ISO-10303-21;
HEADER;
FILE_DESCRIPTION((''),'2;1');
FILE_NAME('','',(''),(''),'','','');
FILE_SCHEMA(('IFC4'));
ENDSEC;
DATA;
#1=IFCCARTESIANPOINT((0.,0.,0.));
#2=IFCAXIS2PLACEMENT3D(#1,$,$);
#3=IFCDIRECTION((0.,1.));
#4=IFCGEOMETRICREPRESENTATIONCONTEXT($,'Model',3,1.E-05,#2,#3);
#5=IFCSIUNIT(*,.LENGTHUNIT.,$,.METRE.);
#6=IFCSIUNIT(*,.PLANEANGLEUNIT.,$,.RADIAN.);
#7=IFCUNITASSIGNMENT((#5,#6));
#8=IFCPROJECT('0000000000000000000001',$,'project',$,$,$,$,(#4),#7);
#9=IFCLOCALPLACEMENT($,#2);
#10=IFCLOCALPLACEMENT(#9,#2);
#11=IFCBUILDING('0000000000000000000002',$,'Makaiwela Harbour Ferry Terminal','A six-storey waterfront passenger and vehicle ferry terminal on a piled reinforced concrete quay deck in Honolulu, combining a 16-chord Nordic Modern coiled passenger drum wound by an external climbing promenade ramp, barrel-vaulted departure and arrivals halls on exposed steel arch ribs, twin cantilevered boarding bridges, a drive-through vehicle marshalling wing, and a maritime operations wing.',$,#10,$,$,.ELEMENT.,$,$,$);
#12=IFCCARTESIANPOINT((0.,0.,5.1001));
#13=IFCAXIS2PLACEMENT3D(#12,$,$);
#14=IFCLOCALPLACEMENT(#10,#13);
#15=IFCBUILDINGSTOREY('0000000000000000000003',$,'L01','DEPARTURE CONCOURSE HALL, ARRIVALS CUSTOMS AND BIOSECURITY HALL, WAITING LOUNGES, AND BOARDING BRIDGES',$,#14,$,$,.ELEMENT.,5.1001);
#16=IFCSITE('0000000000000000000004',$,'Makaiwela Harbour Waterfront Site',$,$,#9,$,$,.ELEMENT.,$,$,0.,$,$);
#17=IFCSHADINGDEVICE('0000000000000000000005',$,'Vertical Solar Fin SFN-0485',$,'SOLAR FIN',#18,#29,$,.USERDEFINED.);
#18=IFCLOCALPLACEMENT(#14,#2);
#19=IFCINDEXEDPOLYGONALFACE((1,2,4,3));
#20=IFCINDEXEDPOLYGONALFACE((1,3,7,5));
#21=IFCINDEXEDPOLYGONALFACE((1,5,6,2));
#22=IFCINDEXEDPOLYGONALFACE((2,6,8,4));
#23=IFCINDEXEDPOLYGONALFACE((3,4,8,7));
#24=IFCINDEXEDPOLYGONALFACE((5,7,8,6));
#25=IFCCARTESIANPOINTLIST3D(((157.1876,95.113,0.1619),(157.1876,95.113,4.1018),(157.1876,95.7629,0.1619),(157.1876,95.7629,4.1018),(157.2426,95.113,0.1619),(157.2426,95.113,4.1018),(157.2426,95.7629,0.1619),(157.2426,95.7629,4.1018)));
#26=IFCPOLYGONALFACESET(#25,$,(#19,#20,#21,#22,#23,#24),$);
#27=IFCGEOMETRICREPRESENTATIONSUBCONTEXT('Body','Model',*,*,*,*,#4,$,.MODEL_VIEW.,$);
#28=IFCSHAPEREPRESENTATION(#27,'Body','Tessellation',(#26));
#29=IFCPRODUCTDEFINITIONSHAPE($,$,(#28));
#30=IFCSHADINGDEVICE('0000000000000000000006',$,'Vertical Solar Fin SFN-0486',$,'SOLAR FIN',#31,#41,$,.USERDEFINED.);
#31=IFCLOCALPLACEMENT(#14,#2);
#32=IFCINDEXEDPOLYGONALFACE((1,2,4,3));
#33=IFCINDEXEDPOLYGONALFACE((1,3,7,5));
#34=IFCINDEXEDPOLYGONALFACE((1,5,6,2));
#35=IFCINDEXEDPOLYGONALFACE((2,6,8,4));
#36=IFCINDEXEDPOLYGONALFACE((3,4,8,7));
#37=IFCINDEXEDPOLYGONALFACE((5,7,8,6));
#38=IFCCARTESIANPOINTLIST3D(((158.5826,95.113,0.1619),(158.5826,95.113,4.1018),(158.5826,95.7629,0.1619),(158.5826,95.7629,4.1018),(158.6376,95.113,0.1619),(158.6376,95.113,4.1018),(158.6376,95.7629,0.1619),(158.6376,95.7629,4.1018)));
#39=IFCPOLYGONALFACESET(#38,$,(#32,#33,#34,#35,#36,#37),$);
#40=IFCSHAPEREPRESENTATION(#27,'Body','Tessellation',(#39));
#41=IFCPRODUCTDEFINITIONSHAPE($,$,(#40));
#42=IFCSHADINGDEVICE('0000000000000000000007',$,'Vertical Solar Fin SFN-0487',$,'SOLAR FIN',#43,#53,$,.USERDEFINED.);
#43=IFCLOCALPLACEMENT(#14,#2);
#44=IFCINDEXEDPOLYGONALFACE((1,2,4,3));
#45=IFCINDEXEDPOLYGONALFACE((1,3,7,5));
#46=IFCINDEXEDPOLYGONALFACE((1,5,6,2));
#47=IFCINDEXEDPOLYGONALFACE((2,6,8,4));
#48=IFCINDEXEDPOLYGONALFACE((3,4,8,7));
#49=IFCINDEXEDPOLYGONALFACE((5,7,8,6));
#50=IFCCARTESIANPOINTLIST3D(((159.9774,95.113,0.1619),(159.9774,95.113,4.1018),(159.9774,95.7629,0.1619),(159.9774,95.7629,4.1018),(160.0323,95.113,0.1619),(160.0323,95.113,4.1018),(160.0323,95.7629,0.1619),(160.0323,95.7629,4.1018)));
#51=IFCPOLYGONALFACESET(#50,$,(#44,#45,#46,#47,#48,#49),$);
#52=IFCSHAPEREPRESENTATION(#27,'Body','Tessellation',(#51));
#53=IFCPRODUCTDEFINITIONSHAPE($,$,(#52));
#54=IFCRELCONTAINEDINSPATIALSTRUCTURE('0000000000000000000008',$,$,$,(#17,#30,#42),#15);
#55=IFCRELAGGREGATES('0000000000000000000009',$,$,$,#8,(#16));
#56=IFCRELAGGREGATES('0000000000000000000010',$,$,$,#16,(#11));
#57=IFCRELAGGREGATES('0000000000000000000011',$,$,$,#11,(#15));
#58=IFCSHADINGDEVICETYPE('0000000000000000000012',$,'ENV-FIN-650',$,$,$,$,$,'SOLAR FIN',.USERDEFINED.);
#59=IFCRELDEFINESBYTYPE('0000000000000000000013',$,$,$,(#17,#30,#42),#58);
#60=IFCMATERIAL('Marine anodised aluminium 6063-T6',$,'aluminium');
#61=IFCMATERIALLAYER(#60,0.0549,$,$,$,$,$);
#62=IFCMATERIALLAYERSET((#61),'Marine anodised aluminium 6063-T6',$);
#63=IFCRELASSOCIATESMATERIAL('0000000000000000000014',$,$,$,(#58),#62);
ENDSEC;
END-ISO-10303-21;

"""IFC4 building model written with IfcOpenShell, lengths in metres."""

from ifc_helpers import new_model, si_unit, direction, frame, origin, origin_2d, place, context, subcontext, project, spatial, rectangle, extrude, material, layer, layer_set, type_object, element, save


model = new_model("IFC4")

# Units and contexts
model_context = context("Model", 3, precision=1e-05, world=origin(), true_north=direction((0.0, 1.0)))
body_context = subcontext(model_context, "Body", "Model", "MODEL_VIEW")
ifc_project = project(units=[si_unit("LENGTHUNIT", "METRE"), si_unit("PLANEANGLEUNIT", "RADIAN")], contexts=[model_context])

# Site, building, storey
site_placement = place(None, origin())
site = spatial("IfcSite", under=ifc_project, at=site_placement, Name="Makaiwela Harbour Waterfront Site", CompositionType="ELEMENT", RefElevation=0.0)
building_placement = place(site_placement, origin())
building = spatial("IfcBuilding", under=site, at=building_placement, Name="Makaiwela Harbour Ferry Terminal", Description="A six-storey waterfront passenger and vehicle ferry terminal on a piled reinforced concrete quay deck in Honolulu, combining a 16-chord Nordic Modern coiled passenger drum wound by an external climbing promenade ramp, barrel-vaulted departure and arrivals halls on exposed steel arch ribs, twin cantilevered boarding bridges, a drive-through vehicle marshalling wing, and a maritime operations wing.", CompositionType="ELEMENT")
storey_placement = place(building_placement, frame((0.0, 0.0, 5.1001)))
storey = spatial("IfcBuildingStorey", under=building, at=storey_placement, Name="L01", Description="DEPARTURE CONCOURSE HALL, ARRIVALS CUSTOMS AND BIOSECURITY HALL, WAITING LOUNGES, AND BOARDING BRIDGES", CompositionType="ELEMENT", Elevation=5.1001)

# Shared definitions
ifc_material_1 = material(Name="Marine anodised aluminium 6063-T6", Category="aluminium")

# Shading devices
ifc_layer_1 = layer(ifc_material_1, 0.0549)
ifc_layer_set_1 = layer_set([ifc_layer_1], Name="Marine anodised aluminium 6063-T6")
shading_device_type = type_object("IfcShadingDeviceType", Name="ENV-FIN-650", ElementType="SOLAR FIN", PredefinedType="USERDEFINED", material=ifc_layer_set_1)
for number, where, z_axis, x_axis, name in (
    (1, (157.2151, 95.438, 0.1619), (0.0, 0.0, 1.0), (0.0, 1.0, 0.0), "Vertical Solar Fin SFN-0485"),
    (2, (158.6101, 95.438, 0.1619), (0.0, 0.0, 1.0), (0.0, 1.0, 0.0), "Vertical Solar Fin SFN-0486"),
    (3, (160.0049, 95.438, 0.1619), (0.0, 0.0, 1.0), (0.0, 1.0, 0.0), "Vertical Solar Fin SFN-0487"),
):
    element("IfcShadingDevice", number, at=place(storey_placement, frame(where, z_axis=z_axis, x_axis=x_axis)), inside=storey, type_object=shading_device_type, Name=name, ObjectType="SOLAR FIN", PredefinedType="USERDEFINED", context=body_context, shape_type="SweptSolid", body=[
        extrude(rectangle(XDim=0.6499, YDim=0.0549, at=origin_2d()), origin(), (0.0, 0.0, 1.0), 3.9399),
    ])

save(model, "model.ifc")
